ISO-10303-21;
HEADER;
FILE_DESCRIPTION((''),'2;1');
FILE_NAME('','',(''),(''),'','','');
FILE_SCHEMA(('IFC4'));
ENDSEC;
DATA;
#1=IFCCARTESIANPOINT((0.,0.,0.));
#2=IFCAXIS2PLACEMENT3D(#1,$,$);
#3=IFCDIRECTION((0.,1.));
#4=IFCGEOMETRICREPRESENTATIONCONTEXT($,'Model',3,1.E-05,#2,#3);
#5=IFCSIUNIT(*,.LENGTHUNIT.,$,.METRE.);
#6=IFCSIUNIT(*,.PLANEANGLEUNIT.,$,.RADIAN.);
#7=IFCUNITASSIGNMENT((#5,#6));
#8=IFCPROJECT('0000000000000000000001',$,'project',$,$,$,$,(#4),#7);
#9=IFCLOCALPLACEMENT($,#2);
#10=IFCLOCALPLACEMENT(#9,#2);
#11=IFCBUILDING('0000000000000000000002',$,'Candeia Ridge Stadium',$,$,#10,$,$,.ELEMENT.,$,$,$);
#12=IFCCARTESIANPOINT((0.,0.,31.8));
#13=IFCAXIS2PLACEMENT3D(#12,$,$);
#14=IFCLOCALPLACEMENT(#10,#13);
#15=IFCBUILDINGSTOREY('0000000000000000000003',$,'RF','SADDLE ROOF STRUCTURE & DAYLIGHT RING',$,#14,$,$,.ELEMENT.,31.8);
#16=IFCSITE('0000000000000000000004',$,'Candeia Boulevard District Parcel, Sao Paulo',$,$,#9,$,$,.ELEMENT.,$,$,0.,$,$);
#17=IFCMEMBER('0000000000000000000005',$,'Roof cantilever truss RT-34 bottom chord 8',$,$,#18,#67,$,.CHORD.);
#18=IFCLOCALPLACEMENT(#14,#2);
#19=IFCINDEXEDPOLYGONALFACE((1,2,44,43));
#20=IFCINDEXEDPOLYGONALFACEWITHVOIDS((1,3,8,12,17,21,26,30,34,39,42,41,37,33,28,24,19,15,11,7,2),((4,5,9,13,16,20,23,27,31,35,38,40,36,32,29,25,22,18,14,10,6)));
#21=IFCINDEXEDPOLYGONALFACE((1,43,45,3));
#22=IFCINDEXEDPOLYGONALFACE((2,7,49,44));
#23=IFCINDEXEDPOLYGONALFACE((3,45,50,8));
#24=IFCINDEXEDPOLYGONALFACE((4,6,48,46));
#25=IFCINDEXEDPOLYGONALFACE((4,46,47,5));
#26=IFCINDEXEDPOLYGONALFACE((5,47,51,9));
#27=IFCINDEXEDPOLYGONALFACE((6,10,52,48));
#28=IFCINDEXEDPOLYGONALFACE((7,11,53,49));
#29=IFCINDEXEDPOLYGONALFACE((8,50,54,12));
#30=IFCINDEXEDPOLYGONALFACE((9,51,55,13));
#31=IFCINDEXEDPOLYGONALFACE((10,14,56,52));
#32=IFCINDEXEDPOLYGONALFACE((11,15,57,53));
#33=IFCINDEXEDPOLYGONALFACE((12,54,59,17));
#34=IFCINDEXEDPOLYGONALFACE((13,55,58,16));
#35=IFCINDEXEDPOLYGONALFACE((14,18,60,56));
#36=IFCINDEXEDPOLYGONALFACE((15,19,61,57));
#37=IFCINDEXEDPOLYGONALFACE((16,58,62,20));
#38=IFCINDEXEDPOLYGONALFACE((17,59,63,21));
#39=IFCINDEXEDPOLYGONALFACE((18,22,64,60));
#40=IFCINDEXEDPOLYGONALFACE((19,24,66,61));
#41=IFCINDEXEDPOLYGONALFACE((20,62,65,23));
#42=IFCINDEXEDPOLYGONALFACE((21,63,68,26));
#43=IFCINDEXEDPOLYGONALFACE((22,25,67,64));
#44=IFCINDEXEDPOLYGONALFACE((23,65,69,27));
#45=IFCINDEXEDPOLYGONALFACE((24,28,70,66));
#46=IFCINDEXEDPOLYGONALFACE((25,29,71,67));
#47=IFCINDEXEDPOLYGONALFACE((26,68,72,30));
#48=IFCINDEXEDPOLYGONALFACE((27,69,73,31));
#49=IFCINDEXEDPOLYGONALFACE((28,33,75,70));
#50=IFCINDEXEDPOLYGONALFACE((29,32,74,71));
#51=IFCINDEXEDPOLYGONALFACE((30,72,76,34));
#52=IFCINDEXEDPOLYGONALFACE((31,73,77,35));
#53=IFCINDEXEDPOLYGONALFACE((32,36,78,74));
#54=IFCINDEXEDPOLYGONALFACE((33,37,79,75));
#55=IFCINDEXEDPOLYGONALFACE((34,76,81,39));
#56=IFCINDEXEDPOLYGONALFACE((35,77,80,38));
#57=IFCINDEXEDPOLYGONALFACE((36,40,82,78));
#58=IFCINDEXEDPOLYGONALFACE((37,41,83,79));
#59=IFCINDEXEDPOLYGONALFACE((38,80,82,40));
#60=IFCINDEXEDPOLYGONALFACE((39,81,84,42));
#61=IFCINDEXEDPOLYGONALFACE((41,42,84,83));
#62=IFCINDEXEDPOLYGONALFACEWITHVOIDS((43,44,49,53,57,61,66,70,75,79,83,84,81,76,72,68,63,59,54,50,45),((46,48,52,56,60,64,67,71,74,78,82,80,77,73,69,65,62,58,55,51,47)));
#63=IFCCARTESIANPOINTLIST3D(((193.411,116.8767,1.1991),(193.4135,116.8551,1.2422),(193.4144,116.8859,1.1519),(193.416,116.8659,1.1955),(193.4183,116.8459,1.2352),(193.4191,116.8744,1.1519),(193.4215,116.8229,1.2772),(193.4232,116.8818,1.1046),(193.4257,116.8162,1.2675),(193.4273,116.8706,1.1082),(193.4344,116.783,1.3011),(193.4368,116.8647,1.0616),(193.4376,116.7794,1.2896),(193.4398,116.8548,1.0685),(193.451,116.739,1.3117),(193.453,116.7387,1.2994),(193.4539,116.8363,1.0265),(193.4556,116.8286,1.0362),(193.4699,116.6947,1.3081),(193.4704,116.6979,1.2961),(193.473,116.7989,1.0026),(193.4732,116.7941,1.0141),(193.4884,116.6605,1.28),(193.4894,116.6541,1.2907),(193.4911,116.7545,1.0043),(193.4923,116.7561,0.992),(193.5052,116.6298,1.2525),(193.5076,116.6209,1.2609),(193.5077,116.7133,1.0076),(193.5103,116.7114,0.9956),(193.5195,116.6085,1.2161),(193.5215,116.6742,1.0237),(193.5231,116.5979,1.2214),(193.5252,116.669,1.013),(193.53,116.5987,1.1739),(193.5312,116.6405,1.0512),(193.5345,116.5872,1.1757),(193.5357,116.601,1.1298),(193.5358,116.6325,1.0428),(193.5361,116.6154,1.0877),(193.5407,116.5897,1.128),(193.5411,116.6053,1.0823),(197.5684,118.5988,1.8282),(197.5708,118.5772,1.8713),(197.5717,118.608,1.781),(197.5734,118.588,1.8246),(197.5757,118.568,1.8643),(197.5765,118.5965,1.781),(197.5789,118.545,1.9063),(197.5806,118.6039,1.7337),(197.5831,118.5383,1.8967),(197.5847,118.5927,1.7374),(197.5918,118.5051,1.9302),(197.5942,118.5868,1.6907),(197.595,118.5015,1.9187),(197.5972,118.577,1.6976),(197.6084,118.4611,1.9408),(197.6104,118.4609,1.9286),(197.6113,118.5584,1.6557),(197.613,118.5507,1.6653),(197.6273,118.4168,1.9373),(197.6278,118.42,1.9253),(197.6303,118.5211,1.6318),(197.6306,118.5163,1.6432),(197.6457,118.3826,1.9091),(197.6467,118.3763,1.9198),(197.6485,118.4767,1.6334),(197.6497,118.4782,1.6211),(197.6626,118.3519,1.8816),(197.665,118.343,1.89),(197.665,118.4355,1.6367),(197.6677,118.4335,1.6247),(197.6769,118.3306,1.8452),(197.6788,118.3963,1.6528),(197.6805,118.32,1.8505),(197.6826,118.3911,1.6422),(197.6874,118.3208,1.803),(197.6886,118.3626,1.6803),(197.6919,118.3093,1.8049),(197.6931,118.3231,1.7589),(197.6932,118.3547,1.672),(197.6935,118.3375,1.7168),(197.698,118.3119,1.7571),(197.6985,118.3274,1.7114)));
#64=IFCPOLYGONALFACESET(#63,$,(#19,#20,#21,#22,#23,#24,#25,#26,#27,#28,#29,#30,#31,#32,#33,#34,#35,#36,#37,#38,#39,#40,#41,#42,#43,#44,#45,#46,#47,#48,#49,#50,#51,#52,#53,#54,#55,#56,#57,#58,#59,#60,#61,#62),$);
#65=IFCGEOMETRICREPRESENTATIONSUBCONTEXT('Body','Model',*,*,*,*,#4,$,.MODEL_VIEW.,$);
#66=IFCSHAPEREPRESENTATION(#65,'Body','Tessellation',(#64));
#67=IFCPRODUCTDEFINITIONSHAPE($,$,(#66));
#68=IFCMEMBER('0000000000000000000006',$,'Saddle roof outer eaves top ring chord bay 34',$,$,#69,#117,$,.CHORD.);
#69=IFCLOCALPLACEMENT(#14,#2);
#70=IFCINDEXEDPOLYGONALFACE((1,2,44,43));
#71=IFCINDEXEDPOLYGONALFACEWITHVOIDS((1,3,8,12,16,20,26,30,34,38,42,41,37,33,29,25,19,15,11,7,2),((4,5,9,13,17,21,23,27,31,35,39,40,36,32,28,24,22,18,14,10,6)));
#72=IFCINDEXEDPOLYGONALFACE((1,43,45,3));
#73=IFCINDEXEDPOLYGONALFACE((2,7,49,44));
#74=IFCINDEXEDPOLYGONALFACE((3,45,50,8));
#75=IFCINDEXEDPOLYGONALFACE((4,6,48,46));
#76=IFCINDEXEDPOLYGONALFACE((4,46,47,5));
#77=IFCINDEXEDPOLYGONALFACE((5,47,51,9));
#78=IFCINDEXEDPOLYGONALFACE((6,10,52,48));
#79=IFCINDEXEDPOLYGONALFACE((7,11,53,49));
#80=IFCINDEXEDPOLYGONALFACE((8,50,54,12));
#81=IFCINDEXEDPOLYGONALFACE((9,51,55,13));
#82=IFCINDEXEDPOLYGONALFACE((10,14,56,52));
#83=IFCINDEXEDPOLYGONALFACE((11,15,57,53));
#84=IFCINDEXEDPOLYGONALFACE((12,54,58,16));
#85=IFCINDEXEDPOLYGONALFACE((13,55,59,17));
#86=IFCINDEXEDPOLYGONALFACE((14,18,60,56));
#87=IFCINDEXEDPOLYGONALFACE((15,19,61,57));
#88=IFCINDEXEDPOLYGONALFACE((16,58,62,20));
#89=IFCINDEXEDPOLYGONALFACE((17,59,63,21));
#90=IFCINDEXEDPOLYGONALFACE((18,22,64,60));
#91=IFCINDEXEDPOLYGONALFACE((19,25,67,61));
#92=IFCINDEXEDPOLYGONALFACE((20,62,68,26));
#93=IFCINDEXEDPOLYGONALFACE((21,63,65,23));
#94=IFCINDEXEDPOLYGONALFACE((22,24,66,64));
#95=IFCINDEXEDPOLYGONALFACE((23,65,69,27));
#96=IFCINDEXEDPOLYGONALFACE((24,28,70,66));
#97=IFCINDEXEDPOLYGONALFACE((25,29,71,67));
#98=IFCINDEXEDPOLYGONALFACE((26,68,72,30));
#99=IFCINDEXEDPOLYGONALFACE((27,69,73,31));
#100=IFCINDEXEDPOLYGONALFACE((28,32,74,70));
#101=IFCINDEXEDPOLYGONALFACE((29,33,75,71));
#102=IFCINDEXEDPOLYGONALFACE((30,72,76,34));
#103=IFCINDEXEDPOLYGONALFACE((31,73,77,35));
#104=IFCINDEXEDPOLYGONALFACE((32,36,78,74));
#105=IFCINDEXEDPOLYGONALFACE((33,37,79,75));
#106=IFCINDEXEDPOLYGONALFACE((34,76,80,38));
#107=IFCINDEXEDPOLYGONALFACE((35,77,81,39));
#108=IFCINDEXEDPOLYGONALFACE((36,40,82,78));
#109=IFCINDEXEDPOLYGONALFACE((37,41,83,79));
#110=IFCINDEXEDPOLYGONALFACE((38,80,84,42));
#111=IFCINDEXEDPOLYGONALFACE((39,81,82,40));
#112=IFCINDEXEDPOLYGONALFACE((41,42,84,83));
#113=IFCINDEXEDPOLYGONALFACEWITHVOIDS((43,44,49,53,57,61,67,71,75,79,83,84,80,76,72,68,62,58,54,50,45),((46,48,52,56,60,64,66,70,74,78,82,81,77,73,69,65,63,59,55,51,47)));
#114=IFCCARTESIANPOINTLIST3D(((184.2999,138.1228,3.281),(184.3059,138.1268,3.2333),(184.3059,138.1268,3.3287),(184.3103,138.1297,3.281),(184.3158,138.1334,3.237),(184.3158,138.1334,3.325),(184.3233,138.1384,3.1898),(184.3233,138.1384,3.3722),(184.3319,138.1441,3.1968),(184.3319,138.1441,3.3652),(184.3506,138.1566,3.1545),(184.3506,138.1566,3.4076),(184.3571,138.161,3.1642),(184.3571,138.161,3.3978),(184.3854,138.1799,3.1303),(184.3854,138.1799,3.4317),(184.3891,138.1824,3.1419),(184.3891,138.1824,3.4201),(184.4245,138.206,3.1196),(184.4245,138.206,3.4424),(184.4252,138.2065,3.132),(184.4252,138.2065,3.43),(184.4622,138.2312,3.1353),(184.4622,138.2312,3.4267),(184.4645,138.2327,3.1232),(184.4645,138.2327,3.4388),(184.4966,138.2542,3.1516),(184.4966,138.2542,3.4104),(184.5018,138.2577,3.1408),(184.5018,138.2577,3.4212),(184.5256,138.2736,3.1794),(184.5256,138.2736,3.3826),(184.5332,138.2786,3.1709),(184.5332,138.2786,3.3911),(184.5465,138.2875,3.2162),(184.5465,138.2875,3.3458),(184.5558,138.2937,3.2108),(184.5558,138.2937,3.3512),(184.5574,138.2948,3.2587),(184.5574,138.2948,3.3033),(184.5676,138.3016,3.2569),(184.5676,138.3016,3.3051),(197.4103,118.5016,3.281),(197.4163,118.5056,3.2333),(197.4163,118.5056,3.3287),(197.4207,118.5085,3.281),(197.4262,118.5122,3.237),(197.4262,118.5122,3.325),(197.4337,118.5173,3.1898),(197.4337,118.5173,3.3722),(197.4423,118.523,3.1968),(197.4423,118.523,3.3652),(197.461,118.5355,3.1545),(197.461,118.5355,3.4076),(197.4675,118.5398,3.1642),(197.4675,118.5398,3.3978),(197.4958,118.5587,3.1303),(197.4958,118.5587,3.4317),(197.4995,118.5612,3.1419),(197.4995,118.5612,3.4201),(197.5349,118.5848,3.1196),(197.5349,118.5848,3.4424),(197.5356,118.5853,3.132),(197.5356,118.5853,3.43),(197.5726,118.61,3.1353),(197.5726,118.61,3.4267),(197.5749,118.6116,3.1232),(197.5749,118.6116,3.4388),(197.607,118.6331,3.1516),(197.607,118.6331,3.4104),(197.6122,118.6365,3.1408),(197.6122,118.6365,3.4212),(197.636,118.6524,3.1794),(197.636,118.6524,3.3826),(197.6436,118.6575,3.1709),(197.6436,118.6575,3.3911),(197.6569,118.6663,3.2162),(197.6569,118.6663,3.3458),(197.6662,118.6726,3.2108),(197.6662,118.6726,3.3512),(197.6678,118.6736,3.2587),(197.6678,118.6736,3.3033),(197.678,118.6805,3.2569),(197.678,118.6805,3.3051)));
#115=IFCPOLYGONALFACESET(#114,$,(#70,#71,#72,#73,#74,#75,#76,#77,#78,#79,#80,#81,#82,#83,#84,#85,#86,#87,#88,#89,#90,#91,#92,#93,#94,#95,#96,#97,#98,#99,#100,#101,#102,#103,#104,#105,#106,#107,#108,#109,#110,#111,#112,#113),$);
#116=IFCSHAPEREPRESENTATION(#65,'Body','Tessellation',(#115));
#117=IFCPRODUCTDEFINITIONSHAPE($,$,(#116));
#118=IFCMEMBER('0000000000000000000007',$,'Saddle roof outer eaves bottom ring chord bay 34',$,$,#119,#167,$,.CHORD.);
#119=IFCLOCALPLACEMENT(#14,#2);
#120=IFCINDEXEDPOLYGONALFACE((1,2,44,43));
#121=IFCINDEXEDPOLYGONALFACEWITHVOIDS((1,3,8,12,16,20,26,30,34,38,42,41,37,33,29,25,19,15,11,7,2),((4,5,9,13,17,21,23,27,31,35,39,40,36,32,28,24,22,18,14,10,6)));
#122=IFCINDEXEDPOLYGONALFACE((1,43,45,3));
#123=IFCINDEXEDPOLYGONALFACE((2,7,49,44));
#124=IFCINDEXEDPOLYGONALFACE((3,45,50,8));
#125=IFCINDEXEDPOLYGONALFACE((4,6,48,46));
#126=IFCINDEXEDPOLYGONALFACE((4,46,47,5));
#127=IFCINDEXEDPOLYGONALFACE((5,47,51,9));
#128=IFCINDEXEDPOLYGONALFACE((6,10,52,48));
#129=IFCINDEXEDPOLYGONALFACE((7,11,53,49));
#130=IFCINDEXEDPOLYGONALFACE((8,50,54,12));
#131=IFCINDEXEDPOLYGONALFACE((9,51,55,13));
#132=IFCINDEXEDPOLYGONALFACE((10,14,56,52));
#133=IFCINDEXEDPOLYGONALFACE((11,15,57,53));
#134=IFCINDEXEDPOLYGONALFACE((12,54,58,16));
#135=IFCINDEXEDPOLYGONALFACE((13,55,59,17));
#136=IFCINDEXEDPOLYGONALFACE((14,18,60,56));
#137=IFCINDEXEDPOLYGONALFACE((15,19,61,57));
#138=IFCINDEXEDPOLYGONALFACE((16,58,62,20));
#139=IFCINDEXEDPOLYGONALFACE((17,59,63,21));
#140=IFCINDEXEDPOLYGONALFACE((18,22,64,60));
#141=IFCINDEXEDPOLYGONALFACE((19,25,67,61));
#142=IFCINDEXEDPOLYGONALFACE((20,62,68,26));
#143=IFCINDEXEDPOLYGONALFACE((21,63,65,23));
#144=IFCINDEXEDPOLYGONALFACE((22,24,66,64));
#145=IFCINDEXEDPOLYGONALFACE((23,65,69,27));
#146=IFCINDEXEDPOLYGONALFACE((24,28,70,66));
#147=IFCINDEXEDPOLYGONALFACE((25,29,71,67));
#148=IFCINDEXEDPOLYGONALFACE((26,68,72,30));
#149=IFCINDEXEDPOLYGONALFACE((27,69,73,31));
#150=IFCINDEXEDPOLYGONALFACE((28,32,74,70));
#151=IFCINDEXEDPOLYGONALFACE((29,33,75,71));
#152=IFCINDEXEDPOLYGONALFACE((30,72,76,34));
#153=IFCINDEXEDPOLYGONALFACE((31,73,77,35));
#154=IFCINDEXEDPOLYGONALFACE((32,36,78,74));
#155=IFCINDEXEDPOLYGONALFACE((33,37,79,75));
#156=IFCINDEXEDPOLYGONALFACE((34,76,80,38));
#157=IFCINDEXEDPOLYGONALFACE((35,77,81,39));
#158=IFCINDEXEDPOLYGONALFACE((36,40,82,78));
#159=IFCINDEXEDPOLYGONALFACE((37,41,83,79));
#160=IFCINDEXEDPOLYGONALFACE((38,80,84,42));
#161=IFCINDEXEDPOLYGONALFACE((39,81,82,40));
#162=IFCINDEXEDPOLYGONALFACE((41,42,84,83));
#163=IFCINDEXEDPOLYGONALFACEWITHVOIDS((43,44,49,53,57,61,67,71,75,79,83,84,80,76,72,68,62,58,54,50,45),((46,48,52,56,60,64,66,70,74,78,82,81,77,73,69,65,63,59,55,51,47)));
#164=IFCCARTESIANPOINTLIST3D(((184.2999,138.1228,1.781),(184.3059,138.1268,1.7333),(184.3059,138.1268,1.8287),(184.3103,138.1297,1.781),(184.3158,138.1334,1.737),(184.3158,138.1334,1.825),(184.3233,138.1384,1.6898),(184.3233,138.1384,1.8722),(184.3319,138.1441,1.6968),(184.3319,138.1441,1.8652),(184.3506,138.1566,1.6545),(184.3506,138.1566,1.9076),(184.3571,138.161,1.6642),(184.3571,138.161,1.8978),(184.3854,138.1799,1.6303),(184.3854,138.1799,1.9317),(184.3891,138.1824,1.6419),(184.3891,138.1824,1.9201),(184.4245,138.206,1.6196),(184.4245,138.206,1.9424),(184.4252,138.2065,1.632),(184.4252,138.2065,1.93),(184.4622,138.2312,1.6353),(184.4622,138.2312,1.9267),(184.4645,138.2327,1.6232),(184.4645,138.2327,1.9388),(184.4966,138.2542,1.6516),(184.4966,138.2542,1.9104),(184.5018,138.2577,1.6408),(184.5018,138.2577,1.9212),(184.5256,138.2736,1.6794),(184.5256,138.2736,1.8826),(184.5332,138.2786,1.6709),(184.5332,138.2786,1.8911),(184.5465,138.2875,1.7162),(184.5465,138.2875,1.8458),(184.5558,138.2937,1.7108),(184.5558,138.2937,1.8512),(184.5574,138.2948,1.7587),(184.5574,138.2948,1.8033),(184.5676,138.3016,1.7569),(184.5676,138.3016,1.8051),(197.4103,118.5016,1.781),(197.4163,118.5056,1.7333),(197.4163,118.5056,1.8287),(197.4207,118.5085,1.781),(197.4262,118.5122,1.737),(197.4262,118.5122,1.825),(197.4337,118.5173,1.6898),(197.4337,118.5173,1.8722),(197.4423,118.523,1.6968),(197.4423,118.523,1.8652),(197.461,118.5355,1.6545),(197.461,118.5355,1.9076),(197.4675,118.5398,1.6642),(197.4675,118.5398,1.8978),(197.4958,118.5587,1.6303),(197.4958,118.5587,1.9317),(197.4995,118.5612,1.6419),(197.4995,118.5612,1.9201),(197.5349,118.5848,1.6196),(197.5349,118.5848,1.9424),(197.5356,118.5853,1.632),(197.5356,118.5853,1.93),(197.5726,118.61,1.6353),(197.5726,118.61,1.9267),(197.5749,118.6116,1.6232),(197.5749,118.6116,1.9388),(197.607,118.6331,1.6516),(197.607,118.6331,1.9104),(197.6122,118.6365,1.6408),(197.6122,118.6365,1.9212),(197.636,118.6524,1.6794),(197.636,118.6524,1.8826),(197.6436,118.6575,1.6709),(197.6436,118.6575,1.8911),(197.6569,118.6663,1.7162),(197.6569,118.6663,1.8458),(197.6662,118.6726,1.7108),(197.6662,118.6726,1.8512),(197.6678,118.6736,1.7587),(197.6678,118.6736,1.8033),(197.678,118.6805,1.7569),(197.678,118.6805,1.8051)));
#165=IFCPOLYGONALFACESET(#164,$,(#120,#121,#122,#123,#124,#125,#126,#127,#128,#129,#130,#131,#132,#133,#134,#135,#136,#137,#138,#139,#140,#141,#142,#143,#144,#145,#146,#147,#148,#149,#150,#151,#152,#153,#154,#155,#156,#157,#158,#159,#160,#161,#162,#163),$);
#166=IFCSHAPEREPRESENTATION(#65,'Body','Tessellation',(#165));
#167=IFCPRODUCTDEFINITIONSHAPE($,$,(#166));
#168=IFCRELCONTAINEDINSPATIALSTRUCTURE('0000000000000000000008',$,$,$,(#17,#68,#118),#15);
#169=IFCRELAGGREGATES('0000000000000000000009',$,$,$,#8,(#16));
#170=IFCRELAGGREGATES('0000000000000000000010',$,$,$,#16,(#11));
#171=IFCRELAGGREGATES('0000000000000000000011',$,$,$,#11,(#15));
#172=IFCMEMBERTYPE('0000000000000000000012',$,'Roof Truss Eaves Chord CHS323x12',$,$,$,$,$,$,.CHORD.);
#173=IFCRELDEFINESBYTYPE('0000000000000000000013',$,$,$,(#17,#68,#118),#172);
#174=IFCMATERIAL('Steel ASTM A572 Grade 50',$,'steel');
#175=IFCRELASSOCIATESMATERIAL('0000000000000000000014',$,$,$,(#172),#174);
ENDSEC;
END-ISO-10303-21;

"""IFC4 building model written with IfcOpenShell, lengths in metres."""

from ifc_helpers import new_model, si_unit, direction, frame, origin, origin_2d, place, context, subcontext, project, spatial, hollow_circle, extrude, material, material_profile, profile_set, type_object, element, save


model = new_model("IFC4")

# Units and contexts
model_context = context("Model", 3, precision=1e-05, world=origin(), true_north=direction((0.0, 1.0)))
body_context = subcontext(model_context, "Body", "Model", "MODEL_VIEW")
ifc_project = project(units=[si_unit("LENGTHUNIT", "METRE"), si_unit("PLANEANGLEUNIT", "RADIAN")], contexts=[model_context])

# Site, building, storey
site_placement = place(None, origin())
site = spatial("IfcSite", under=ifc_project, at=site_placement, Name="Candeia Boulevard District Parcel, Sao Paulo", CompositionType="ELEMENT", RefElevation=0.0)
building_placement = place(site_placement, origin())
building = spatial("IfcBuilding", under=site, at=building_placement, Name="Candeia Ridge Stadium", CompositionType="ELEMENT")
storey_placement = place(building_placement, frame((0.0, 0.0, 31.8)))
storey = spatial("IfcBuildingStorey", under=building, at=storey_placement, Name="RF", Description="SADDLE ROOF STRUCTURE & DAYLIGHT RING", CompositionType="ELEMENT", Elevation=31.8)

# Shared definitions
ifc_material = material(Name="Steel ASTM A572 Grade 50", Category="steel")

# Members
ifc_material_profile_1 = material_profile(ifc_material, hollow_circle(Radius=0.1619, WallThickness=0.0125, at=origin_2d()), Name="CHS323x12", Category="steel")
ifc_profile_set_1 = profile_set([ifc_material_profile_1], Name="Steel ASTM A572 Grade 50")
member_type_1 = type_object("IfcMemberType", Name="Roof Truss Eaves Chord CHS323x12", PredefinedType="CHORD", material=ifc_profile_set_1)
member_1_placement = place(storey_placement, frame((193.4763, 116.7363, 1.1519), z_axis=(0.914974, 0.379014, 0.138463), x_axis=(-0.3827, 0.923873, 0.0)))
element("IfcMember", 1, at=member_1_placement, inside=storey, type_object=member_type_1, Name="Roof cantilever truss RT-34 bottom chord 8", PredefinedType="CHORD", context=body_context, shape_type="SweptSolid", body=[
    extrude(hollow_circle(Radius=0.1619, WallThickness=0.0125, at=origin_2d()), origin(), (0.0, 0.0, 1.0), 4.5437),
])
for number, where, z_axis, x_axis, name in (
    (2, (197.5449, 118.5916, 3.281), (-0.555569, 0.83147, 0.0), (-0.83147, -0.555569, 0.0), "Saddle roof outer eaves top ring chord bay 34"),
    (3, (197.5449, 118.5916, 1.781), (-0.555569, 0.83147, 0.0), (-0.83147, -0.555569, 0.0), "Saddle roof outer eaves bottom ring chord bay 34"),
):
    element("IfcMember", number, at=place(storey_placement, frame(where, z_axis=z_axis, x_axis=x_axis)), inside=storey, type_object=member_type_1, Name=name, PredefinedType="CHORD", context=body_context, shape_type="SweptSolid", body=[
        extrude(hollow_circle(Radius=0.1619, WallThickness=0.0125, at=origin_2d()), origin(), (0.0, 0.0, 1.0), 23.5981),
    ])

save(model, "model.ifc")
